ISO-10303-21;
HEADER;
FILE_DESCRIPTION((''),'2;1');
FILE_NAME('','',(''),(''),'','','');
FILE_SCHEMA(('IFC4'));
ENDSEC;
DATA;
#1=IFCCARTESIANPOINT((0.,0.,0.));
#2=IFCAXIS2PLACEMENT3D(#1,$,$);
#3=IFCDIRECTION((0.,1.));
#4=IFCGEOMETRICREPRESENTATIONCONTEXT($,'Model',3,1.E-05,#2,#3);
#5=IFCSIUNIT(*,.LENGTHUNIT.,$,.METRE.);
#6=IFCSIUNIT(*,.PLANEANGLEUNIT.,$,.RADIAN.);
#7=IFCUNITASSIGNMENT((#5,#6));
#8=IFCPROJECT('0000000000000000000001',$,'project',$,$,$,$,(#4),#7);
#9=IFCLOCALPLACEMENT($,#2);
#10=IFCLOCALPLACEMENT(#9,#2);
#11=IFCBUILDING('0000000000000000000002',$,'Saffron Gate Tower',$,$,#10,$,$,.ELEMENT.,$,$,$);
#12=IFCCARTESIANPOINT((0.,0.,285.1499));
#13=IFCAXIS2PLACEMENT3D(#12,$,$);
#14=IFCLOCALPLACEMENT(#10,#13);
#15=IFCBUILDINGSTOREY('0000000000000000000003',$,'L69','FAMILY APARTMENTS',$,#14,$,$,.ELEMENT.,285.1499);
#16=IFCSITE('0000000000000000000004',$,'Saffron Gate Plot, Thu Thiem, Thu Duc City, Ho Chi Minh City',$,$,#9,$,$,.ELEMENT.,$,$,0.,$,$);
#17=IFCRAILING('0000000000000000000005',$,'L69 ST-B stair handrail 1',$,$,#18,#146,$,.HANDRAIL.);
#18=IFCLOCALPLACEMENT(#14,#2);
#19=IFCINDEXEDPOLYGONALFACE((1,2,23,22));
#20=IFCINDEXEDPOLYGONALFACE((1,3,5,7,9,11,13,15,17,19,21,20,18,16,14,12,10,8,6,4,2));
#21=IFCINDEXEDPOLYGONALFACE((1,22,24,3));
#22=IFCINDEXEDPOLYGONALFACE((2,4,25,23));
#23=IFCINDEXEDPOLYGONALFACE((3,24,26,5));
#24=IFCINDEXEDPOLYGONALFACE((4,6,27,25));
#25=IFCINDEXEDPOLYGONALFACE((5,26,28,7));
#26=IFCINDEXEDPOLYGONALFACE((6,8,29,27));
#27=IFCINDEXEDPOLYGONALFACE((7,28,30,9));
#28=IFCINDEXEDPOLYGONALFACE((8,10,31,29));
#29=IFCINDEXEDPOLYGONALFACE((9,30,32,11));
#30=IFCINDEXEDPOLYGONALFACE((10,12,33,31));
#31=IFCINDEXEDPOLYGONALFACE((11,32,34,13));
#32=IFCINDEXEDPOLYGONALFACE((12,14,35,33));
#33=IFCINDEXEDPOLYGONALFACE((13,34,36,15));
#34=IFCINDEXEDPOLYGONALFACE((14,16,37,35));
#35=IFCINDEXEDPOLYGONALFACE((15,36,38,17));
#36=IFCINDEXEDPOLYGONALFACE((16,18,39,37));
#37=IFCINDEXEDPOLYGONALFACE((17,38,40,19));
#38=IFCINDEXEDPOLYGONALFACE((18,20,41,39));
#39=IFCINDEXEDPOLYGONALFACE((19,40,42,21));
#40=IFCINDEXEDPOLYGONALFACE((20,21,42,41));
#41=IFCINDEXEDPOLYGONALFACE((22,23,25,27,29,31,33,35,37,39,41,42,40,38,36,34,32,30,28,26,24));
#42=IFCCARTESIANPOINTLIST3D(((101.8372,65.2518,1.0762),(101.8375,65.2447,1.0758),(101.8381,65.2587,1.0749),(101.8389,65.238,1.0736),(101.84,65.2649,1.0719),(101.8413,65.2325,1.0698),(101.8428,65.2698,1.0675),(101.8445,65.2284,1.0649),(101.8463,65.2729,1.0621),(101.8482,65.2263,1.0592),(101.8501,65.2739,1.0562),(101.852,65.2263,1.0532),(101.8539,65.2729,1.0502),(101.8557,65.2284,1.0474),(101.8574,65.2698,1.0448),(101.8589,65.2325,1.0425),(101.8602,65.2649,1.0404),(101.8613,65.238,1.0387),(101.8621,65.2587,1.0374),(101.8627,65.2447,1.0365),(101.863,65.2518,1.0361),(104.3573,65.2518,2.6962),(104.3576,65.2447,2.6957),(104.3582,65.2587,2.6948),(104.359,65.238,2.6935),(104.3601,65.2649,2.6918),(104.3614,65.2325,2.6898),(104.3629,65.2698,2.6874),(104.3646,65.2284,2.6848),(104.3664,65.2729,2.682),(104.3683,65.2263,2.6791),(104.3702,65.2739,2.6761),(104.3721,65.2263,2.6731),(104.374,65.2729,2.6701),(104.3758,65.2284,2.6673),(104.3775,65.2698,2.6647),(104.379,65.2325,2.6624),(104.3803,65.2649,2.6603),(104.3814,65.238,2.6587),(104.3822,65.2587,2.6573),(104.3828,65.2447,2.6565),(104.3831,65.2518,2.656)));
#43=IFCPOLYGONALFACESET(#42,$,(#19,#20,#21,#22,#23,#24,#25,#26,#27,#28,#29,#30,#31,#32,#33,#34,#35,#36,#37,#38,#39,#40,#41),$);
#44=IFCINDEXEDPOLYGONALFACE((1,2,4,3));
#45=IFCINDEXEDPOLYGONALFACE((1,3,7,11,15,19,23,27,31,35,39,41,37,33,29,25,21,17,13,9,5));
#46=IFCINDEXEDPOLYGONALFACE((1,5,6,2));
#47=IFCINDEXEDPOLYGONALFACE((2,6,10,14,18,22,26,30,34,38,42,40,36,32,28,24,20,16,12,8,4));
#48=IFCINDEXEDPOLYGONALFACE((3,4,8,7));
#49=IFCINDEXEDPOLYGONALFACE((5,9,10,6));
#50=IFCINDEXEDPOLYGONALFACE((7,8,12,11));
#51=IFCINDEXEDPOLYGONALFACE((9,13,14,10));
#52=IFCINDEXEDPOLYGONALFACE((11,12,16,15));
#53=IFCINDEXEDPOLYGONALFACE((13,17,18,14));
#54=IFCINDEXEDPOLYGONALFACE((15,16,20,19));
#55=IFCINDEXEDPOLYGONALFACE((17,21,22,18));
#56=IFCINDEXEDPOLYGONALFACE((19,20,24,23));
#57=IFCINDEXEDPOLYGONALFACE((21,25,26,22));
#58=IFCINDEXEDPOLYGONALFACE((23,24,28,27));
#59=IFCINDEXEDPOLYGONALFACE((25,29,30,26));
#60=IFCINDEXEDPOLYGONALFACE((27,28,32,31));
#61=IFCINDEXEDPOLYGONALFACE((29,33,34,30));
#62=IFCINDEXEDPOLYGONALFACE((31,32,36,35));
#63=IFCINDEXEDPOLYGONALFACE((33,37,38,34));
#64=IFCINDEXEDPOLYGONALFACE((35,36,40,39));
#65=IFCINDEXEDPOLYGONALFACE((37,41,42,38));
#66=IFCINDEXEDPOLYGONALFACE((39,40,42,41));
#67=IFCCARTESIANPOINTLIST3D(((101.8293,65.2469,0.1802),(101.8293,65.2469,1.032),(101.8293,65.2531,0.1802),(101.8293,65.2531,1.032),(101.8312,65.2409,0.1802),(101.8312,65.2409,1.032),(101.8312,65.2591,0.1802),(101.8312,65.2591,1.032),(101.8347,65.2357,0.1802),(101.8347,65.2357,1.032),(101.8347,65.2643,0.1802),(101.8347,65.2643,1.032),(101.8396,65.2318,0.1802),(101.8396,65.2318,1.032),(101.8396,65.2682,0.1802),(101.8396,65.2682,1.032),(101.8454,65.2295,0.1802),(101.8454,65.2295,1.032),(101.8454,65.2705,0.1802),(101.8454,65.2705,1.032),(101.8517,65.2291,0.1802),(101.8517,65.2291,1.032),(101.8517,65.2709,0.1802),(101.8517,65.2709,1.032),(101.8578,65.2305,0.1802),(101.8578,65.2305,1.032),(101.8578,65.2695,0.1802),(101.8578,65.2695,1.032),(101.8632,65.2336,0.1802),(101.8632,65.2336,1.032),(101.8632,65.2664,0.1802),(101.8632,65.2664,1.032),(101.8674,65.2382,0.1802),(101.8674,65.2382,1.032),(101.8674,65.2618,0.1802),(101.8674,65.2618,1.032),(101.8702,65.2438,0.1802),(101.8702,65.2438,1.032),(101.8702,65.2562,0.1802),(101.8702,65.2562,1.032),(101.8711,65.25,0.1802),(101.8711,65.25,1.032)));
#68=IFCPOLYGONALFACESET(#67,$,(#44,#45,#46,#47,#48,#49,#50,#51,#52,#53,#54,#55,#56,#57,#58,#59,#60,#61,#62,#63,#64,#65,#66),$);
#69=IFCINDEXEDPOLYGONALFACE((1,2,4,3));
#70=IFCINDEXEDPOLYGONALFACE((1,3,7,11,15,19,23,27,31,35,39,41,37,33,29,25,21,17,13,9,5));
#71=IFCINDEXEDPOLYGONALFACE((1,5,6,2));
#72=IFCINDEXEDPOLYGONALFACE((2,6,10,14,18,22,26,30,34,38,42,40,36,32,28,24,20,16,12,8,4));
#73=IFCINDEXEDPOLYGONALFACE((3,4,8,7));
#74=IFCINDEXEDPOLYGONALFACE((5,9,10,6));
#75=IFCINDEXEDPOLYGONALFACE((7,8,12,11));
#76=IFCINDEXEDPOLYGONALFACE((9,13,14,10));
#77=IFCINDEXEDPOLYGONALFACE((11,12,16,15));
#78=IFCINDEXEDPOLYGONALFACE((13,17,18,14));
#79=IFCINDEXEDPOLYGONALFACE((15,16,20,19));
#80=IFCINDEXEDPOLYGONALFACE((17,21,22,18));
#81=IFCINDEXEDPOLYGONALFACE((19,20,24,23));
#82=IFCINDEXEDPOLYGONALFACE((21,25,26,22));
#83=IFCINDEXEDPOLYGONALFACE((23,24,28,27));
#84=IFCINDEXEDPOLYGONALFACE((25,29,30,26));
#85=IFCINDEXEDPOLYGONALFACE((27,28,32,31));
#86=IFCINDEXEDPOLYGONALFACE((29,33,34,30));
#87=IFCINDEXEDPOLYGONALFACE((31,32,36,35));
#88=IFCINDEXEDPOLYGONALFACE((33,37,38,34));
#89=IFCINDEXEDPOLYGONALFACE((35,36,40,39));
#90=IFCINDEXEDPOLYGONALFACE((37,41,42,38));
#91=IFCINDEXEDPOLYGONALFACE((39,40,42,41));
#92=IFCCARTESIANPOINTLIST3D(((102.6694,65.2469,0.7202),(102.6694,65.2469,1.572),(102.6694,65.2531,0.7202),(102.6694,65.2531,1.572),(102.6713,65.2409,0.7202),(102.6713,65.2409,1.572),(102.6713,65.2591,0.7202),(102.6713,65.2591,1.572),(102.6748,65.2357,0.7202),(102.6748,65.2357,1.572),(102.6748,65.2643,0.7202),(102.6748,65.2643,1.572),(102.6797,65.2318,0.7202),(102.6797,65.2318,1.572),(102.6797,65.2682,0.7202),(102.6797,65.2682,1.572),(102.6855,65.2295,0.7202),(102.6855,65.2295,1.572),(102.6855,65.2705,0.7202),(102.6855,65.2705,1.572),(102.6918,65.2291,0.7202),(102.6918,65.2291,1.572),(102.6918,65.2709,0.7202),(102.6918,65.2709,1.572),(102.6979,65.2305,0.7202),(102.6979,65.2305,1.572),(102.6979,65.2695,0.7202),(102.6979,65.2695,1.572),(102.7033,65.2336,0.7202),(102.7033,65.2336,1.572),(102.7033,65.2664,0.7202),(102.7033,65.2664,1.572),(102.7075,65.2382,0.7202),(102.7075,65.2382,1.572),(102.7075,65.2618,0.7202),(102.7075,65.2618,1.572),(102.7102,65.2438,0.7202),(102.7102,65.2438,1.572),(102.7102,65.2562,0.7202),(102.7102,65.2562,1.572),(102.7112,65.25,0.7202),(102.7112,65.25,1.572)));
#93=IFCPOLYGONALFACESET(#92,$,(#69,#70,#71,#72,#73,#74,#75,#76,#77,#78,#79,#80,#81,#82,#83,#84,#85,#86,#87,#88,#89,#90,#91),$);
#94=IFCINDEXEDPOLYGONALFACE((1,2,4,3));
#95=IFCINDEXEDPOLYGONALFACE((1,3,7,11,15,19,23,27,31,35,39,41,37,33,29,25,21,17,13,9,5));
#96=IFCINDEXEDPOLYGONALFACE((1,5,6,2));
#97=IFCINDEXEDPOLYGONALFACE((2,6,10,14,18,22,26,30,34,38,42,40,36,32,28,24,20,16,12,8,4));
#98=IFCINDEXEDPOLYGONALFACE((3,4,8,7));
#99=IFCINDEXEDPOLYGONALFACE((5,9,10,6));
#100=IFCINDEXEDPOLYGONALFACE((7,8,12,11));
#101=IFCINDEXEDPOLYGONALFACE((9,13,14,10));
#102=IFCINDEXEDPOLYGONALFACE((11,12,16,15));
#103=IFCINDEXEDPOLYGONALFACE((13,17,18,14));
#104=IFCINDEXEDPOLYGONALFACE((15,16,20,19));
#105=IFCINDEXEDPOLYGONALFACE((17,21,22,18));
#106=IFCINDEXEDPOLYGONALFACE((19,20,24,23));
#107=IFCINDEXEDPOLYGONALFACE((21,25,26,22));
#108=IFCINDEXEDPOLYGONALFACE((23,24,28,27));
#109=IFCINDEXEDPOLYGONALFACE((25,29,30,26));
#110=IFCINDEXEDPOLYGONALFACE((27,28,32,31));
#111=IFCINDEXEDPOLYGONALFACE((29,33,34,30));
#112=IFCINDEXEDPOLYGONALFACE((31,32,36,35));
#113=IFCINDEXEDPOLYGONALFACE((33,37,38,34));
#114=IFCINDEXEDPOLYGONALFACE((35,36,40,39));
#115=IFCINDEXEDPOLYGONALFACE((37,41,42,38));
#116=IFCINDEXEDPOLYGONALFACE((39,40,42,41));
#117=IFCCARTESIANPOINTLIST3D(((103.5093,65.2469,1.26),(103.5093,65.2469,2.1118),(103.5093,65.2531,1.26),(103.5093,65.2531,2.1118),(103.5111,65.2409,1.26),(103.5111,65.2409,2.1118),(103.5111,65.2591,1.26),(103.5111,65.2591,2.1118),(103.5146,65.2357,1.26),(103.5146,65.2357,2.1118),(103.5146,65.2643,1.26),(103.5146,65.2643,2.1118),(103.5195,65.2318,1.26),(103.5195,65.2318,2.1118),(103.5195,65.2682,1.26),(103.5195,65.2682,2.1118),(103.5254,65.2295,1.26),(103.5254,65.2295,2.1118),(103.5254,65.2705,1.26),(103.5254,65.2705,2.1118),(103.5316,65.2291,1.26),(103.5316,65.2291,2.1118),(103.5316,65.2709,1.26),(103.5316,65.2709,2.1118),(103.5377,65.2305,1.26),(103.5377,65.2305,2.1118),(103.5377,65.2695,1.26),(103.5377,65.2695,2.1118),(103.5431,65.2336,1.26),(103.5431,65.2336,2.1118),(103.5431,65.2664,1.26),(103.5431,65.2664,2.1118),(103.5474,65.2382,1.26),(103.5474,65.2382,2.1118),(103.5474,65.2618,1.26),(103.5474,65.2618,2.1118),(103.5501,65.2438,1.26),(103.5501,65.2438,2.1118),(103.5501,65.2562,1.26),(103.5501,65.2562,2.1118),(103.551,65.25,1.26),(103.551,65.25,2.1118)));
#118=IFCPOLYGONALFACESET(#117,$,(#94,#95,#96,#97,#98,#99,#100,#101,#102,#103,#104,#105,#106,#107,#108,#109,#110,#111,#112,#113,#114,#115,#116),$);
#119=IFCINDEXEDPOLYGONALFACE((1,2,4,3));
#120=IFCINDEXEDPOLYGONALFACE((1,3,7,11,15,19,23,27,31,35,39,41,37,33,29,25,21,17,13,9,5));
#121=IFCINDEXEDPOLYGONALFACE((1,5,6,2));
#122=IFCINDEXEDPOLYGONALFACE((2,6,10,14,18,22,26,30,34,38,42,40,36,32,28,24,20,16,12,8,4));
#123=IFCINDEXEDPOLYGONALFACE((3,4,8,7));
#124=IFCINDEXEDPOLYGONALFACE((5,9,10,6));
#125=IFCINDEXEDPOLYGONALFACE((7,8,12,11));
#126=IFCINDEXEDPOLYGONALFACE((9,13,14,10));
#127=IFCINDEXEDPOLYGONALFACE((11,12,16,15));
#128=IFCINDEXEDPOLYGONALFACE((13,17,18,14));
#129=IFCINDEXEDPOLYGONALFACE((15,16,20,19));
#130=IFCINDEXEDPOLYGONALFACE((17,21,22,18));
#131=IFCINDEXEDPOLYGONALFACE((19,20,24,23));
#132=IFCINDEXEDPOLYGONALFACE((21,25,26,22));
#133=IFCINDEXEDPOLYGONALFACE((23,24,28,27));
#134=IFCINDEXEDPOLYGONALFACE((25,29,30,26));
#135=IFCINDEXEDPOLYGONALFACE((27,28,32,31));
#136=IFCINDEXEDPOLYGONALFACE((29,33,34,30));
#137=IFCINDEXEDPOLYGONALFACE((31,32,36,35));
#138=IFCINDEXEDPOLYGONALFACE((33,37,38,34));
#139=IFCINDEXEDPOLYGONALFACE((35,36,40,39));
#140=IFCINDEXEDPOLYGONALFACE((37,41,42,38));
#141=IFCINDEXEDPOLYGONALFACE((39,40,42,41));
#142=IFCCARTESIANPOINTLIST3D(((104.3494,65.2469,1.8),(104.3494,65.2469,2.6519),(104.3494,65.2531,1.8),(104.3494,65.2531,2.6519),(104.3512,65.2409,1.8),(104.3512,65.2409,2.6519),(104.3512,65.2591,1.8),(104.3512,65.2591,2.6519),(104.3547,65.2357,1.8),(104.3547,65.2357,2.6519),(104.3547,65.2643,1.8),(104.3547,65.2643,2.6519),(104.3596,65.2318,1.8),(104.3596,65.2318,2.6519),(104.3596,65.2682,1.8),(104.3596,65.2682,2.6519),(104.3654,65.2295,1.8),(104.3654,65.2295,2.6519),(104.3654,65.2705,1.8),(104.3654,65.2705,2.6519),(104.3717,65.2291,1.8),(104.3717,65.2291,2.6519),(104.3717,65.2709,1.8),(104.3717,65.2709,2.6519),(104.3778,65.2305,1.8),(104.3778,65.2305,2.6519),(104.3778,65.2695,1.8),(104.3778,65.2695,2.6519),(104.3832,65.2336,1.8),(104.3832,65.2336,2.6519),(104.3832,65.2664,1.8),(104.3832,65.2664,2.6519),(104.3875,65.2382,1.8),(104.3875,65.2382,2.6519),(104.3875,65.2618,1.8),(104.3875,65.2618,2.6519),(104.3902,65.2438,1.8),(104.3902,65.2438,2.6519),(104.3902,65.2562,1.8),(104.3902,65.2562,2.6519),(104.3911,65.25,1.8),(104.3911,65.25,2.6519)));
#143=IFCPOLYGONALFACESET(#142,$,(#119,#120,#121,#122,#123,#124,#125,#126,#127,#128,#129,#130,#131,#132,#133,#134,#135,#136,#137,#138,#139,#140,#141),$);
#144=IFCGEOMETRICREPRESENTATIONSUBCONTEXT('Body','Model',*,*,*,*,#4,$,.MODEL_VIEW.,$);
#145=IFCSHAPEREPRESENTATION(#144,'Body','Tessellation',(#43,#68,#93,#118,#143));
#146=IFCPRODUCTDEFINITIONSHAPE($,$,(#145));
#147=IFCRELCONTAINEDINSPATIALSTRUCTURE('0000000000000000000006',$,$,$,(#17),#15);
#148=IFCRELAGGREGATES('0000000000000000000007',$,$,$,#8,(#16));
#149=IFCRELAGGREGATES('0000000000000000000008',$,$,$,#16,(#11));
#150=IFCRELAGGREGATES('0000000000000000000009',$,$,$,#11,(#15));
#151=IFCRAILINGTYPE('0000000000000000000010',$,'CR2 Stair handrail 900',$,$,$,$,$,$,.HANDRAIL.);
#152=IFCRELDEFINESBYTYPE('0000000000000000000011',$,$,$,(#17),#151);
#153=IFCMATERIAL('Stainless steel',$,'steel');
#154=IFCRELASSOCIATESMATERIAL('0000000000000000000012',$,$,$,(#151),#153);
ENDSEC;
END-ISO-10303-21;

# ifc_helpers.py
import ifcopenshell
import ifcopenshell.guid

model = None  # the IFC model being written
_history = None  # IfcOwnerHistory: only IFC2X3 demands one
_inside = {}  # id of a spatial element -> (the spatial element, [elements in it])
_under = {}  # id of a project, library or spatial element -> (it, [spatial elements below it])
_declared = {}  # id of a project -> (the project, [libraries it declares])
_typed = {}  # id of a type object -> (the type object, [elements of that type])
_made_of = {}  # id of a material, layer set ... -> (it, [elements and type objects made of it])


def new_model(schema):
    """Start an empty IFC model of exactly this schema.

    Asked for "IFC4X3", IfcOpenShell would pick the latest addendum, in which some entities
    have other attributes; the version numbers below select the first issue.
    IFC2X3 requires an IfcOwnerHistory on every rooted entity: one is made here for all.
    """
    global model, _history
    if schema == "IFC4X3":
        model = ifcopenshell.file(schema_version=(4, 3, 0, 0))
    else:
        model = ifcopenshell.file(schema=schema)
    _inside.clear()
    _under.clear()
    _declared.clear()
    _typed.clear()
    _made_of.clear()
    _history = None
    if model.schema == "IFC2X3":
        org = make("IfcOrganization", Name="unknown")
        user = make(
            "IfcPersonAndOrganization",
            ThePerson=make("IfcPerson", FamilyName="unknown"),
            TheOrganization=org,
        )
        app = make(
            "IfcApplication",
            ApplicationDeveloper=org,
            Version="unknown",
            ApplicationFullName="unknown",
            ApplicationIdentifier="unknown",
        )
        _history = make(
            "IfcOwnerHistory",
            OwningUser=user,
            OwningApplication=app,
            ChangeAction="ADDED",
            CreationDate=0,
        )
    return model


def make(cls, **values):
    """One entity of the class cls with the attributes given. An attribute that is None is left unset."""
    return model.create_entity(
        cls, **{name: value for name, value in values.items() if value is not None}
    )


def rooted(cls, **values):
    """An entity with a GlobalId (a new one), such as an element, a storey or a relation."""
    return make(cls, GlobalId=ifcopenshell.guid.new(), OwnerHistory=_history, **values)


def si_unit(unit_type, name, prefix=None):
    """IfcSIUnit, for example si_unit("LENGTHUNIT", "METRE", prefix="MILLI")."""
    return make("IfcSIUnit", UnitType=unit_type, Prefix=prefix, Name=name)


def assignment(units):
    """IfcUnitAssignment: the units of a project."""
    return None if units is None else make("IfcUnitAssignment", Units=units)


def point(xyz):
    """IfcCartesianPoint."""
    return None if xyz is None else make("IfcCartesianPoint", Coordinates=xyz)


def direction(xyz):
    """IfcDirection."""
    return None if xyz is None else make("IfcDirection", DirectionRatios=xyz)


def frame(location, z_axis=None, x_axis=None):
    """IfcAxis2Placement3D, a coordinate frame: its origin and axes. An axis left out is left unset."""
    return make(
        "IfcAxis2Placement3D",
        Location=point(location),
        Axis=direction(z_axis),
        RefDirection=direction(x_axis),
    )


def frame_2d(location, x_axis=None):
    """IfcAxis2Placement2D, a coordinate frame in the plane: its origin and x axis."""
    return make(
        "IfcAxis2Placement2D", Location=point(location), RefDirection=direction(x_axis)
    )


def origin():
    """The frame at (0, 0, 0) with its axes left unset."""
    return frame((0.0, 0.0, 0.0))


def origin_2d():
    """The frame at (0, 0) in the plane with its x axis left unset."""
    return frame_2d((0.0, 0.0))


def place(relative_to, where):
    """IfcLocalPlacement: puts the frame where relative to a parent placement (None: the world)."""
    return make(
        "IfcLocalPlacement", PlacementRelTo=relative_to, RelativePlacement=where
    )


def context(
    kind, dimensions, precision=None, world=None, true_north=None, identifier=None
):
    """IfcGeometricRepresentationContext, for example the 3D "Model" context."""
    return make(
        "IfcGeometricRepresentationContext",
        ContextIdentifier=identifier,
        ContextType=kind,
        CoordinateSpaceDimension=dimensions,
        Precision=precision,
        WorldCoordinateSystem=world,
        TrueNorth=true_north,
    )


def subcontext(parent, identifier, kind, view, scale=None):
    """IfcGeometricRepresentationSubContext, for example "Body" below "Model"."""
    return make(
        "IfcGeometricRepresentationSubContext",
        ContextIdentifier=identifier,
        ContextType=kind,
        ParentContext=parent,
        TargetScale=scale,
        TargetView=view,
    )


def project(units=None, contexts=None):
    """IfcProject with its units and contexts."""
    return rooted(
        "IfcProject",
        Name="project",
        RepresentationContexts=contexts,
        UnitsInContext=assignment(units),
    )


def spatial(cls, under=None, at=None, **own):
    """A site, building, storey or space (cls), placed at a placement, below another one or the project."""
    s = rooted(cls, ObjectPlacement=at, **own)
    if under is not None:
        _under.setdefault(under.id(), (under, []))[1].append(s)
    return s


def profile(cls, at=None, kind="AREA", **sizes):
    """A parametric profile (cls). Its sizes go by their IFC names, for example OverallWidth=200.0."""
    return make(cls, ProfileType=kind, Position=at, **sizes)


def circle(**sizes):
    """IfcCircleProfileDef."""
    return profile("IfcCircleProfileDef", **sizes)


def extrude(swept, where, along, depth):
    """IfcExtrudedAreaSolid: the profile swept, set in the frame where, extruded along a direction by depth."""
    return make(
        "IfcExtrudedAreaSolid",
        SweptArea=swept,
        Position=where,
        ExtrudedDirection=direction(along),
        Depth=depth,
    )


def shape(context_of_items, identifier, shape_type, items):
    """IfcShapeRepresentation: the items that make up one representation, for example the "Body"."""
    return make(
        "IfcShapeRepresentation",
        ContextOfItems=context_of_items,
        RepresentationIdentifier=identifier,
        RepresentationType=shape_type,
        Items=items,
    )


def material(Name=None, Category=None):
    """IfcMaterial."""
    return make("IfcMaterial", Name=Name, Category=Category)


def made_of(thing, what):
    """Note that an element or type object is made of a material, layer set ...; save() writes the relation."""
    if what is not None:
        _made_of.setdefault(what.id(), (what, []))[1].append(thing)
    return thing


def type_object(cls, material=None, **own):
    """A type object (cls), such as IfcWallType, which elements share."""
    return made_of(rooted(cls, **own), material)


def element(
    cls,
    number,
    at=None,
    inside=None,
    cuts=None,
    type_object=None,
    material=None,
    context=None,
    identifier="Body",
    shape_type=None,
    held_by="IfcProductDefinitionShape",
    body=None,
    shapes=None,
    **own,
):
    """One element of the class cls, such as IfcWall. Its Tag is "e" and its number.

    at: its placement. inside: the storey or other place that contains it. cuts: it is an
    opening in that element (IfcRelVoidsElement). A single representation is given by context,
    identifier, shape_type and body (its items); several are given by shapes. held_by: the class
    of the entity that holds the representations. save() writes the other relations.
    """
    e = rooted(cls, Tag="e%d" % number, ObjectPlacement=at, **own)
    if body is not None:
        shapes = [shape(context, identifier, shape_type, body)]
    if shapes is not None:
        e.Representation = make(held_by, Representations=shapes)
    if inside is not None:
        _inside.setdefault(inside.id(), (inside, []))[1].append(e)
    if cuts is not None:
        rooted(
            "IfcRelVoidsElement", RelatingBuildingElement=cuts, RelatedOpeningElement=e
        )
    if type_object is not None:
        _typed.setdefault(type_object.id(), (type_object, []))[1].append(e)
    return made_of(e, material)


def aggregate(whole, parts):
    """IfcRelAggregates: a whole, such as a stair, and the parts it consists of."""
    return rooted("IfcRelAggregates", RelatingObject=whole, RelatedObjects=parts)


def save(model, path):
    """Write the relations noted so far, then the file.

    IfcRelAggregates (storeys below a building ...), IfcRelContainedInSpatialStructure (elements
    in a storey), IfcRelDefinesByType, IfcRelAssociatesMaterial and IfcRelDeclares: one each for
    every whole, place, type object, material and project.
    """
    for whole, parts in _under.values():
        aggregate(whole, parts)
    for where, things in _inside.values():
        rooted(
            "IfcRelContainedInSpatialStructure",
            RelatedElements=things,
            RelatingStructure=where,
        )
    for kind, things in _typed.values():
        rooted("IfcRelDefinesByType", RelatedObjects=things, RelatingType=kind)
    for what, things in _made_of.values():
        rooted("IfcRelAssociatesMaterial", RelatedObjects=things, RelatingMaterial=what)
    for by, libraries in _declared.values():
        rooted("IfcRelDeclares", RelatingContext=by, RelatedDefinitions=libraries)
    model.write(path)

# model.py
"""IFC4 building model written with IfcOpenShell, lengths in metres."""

from ifc_helpers import new_model, si_unit, direction, frame, origin, origin_2d, place, context, subcontext, project, spatial, circle, extrude, material, type_object, element, save


model = new_model("IFC4")

# Units and contexts
model_context = context("Model", 3, precision=1e-05, world=origin(), true_north=direction((0.0, 1.0)))
body_context = subcontext(model_context, "Body", "Model", "MODEL_VIEW")
ifc_project = project(units=[si_unit("LENGTHUNIT", "METRE"), si_unit("PLANEANGLEUNIT", "RADIAN")], contexts=[model_context])

# Site, building, storey
site_placement = place(None, origin())
site = spatial("IfcSite", under=ifc_project, at=site_placement, Name="Saffron Gate Plot, Thu Thiem, Thu Duc City, Ho Chi Minh City", CompositionType="ELEMENT", RefElevation=0.0)
building_placement = place(site_placement, origin())
building = spatial("IfcBuilding", under=site, at=building_placement, Name="Saffron Gate Tower", CompositionType="ELEMENT")
storey_placement = place(building_placement, frame((0.0, 0.0, 285.1499)))
storey = spatial("IfcBuildingStorey", under=building, at=storey_placement, Name="L69", Description="FAMILY APARTMENTS", CompositionType="ELEMENT", Elevation=285.1499)

# Railing
ifc_material_1 = material(Name="Stainless steel", Category="steel")
railing_type_1 = type_object("IfcRailingType", Name="CR2 Stair handrail 900", PredefinedType="HANDRAIL", material=ifc_material_1)
railing_1_placement = place(storey_placement, frame((101.8501, 65.25, 0.1802)))
element("IfcRailing", 1, at=railing_1_placement, inside=storey, type_object=railing_type_1, Name="L69 ST-B stair handrail 1", PredefinedType="HANDRAIL", context=body_context, shape_type="SweptSolid", body=[
    extrude(circle(Radius=0.0239, at=origin_2d()), frame((0.0, 0.0, 0.876), z_axis=(0.8412, 0.0, 0.540725), x_axis=(0.0, 1.0, 0.0)), (0.0, 0.0, 1.0), 2.9958),
    extrude(circle(Radius=0.021, at=origin_2d()), origin(), (0.0, 0.0, 1.0), 0.8518),
    extrude(circle(Radius=0.021, at=origin_2d()), frame((0.8401, 0.0, 0.54)), (0.0, 0.0, 1.0), 0.8518),
    extrude(circle(Radius=0.021, at=origin_2d()), frame((1.6799, 0.0, 1.0798)), (0.0, 0.0, 1.0), 0.8518),
    extrude(circle(Radius=0.021, at=origin_2d()), frame((2.52, 0.0, 1.6199)), (0.0, 0.0, 1.0), 0.8518),
])

save(model, "model.ifc")
